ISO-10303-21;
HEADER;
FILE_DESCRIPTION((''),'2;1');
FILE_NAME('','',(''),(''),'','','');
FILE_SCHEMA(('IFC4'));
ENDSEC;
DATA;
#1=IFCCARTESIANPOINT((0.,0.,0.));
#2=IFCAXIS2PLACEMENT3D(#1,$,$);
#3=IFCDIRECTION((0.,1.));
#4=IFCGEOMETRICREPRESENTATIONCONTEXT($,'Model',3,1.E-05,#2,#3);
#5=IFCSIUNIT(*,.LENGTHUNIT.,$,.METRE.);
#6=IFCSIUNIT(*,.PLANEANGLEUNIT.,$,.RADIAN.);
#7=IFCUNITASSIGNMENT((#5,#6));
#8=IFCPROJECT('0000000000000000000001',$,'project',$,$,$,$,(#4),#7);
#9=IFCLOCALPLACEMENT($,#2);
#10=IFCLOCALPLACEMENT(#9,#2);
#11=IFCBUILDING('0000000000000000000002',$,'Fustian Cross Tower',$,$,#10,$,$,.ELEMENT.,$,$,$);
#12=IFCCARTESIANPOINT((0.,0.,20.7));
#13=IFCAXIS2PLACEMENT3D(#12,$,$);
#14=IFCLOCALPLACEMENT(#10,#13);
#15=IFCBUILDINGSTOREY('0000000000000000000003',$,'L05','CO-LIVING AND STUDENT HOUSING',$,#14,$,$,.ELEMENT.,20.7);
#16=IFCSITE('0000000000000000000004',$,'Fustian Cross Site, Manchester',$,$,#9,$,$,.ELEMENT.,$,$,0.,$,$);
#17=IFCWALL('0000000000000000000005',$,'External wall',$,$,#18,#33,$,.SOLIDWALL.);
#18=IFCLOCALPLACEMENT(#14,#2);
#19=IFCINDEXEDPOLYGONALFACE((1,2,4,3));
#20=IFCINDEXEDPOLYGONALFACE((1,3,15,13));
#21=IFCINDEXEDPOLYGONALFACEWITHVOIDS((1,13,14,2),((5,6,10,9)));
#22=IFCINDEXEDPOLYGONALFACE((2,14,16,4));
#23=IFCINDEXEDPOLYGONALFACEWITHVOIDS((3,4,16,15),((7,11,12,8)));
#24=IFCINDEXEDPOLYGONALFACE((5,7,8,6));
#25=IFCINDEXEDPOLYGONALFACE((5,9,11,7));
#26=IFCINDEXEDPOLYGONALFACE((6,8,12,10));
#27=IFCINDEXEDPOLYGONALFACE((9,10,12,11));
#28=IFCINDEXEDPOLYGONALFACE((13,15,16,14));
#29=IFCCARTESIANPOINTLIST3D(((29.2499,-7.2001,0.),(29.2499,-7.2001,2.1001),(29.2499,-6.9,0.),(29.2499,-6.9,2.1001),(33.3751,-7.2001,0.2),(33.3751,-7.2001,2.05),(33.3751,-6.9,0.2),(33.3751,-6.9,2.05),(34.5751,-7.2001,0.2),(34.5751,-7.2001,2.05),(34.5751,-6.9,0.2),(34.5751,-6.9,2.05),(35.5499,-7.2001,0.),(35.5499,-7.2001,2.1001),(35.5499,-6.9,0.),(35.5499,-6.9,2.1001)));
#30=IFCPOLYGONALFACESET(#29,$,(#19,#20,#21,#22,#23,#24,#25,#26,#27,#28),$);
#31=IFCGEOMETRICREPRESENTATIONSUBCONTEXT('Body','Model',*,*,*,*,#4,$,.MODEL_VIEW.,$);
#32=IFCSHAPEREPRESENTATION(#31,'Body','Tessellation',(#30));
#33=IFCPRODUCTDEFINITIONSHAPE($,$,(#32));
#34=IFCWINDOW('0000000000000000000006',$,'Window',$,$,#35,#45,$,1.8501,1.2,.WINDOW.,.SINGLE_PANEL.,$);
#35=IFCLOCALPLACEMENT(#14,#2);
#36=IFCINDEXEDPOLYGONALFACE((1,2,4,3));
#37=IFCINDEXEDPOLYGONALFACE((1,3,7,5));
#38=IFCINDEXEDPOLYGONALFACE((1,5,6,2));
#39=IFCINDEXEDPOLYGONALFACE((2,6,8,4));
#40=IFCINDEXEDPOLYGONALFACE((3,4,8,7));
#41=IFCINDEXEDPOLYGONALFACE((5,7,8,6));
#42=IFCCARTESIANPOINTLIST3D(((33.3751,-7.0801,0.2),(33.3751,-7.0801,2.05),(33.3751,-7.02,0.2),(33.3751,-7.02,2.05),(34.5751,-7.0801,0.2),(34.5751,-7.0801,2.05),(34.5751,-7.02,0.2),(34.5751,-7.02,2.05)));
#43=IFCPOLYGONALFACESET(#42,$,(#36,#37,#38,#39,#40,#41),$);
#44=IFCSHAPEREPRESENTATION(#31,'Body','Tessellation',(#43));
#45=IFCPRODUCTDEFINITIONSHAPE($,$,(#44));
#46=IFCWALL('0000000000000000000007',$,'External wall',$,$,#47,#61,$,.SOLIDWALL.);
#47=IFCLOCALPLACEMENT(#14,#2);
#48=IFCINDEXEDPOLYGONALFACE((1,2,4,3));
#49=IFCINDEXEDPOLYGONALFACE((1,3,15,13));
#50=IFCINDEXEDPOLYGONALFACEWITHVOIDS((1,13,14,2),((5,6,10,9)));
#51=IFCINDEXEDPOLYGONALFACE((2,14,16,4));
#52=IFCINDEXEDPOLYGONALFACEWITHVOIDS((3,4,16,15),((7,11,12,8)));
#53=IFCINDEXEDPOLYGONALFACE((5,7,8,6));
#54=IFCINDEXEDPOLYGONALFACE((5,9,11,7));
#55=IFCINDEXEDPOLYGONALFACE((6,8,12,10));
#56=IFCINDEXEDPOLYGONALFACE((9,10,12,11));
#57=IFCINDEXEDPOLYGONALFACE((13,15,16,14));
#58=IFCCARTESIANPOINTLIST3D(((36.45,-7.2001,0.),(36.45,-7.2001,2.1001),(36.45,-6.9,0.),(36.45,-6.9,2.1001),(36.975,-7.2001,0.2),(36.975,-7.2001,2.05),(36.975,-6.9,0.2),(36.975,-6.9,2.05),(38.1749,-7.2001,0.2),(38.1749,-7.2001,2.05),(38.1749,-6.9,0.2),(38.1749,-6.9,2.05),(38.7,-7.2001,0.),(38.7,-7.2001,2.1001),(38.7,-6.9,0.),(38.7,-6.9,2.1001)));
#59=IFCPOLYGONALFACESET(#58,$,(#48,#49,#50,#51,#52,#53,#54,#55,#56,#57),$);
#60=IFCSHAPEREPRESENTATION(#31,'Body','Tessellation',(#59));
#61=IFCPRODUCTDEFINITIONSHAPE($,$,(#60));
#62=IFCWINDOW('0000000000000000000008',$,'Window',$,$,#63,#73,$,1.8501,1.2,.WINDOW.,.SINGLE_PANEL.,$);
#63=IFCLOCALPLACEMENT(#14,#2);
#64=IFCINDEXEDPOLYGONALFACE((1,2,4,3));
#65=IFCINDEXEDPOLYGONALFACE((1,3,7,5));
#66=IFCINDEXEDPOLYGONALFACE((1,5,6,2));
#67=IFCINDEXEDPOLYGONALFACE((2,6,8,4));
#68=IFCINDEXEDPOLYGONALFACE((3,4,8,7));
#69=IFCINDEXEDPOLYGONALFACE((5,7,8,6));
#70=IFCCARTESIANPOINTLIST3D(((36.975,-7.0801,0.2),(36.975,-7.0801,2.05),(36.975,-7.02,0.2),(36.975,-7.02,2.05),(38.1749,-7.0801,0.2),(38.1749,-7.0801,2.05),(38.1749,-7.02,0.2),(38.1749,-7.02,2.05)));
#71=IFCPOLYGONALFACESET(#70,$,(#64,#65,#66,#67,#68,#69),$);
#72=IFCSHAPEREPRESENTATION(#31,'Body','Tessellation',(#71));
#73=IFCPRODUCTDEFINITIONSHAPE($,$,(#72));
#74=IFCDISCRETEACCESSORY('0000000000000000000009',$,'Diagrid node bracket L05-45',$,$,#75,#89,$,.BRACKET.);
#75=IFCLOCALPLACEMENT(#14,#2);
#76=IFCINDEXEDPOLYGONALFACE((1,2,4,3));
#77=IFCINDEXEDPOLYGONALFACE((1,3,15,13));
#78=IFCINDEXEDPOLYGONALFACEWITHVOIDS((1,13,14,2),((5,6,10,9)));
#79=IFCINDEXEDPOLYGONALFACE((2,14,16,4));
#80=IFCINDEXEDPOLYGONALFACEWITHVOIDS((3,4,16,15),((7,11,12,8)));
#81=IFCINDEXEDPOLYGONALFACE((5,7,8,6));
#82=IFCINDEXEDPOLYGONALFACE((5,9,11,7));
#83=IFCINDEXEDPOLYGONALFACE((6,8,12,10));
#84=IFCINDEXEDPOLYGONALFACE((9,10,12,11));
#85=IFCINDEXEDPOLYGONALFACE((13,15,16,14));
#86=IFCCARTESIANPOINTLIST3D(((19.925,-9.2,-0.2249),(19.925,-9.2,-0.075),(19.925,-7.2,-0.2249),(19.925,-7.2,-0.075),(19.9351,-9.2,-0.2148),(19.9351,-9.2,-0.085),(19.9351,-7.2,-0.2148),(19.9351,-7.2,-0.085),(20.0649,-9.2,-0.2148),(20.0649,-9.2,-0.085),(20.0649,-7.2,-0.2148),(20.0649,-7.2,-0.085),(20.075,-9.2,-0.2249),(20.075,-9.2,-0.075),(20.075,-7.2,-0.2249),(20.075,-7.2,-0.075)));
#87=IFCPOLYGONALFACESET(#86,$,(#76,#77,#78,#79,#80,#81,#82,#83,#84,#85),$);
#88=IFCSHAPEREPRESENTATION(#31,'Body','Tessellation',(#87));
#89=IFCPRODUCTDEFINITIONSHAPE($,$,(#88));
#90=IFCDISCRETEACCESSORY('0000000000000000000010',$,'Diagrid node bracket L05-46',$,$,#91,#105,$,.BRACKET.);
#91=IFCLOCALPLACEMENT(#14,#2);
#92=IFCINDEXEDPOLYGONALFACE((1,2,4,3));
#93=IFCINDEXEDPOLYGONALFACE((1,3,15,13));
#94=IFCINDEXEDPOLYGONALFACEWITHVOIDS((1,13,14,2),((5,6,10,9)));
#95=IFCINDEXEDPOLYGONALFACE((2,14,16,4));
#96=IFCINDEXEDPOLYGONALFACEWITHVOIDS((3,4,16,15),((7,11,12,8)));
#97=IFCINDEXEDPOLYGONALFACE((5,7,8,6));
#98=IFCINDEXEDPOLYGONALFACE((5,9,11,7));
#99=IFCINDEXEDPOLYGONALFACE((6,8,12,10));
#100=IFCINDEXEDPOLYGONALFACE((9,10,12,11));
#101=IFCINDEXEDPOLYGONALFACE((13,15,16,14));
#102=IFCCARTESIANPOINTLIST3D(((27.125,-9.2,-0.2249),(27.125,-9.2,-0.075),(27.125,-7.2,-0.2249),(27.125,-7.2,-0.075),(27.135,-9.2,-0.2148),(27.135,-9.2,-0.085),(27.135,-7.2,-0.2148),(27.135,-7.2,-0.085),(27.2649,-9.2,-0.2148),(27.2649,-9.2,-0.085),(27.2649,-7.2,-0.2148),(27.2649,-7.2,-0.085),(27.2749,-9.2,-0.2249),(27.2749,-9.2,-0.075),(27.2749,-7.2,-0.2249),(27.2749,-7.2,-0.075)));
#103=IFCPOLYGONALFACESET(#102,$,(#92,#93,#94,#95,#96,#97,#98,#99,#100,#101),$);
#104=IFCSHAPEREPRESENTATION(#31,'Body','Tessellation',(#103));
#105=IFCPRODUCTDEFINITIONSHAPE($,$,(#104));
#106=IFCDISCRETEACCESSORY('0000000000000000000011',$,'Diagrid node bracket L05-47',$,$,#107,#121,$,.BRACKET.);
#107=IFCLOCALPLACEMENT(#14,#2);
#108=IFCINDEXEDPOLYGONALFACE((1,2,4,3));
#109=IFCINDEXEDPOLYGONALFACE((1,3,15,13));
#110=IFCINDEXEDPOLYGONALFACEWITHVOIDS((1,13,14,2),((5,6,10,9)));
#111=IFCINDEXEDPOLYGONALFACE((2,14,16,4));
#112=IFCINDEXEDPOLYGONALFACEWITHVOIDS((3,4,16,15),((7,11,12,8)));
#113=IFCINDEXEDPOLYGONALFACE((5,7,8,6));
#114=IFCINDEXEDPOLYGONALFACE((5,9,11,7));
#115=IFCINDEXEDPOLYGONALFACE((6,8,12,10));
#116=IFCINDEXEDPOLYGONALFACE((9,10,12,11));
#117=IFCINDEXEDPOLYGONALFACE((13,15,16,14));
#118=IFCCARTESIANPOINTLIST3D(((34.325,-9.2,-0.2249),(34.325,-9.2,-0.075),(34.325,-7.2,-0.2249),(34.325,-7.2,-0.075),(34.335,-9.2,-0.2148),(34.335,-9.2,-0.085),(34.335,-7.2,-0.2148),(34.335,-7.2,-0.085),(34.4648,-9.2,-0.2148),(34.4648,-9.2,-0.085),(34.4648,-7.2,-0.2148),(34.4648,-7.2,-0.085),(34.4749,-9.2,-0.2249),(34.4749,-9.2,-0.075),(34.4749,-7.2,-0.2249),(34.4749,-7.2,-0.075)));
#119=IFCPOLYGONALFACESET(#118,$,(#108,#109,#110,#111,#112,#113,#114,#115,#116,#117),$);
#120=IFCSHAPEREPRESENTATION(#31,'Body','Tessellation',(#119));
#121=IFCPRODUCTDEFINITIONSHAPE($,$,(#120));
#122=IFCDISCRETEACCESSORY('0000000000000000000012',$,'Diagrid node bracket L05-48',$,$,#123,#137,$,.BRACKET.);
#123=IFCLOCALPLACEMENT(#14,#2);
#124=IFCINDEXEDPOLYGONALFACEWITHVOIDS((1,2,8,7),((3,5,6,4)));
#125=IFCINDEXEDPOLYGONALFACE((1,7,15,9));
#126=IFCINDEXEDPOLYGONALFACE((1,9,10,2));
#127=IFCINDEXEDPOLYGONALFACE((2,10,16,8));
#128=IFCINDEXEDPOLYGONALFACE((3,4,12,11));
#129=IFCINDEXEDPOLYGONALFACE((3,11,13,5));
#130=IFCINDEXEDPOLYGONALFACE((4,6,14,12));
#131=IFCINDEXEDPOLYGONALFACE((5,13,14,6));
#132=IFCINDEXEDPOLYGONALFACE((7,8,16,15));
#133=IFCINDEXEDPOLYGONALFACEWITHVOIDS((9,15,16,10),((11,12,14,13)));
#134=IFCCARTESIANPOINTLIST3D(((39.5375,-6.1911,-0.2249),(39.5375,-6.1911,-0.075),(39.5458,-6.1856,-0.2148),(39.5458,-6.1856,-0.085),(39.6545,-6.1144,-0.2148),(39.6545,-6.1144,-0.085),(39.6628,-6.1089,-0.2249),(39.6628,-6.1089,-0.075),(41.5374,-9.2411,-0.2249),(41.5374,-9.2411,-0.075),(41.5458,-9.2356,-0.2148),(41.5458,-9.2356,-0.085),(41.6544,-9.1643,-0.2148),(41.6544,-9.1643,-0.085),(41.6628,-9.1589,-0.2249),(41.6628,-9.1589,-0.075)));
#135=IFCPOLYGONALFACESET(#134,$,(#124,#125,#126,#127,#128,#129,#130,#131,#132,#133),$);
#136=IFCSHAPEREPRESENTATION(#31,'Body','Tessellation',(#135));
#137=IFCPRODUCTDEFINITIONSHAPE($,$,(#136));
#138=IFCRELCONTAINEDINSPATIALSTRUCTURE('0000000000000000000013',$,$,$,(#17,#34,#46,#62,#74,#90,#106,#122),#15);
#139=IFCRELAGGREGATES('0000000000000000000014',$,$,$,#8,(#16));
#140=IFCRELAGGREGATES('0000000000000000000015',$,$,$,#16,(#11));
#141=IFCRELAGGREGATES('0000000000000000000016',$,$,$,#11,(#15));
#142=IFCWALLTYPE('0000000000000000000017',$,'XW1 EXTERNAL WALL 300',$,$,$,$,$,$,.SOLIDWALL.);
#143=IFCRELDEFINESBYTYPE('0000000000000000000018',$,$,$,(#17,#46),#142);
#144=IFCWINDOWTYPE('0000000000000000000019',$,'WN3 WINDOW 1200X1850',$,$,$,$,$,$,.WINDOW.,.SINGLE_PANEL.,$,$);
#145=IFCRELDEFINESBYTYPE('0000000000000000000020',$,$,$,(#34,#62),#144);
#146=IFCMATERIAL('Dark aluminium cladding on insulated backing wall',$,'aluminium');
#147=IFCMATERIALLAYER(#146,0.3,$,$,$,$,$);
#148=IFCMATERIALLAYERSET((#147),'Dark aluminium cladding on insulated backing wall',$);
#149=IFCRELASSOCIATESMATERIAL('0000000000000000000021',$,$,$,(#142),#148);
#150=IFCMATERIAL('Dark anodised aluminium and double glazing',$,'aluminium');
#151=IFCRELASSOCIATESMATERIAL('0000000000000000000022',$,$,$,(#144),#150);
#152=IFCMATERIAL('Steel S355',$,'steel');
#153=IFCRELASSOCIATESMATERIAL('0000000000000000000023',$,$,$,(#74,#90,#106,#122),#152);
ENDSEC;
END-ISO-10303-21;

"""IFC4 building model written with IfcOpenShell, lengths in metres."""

from ifc_helpers import new_model, si_unit, direction, frame, frame_2d, origin, origin_2d, place, context, subcontext, project, spatial, rectangle, hollow_rectangle, extrude, material, layer, layer_set, type_object, element, fill, save


model = new_model("IFC4")

# Units and contexts
model_context = context("Model", 3, precision=1e-05, world=origin(), true_north=direction((0.0, 1.0)))
body_context = subcontext(model_context, "Body", "Model", "MODEL_VIEW")
ifc_project = project(units=[si_unit("LENGTHUNIT", "METRE"), si_unit("PLANEANGLEUNIT", "RADIAN")], contexts=[model_context])

# Site, building, storey
site_placement = place(None, origin())
site = spatial("IfcSite", under=ifc_project, at=site_placement, Name="Fustian Cross Site, Manchester", CompositionType="ELEMENT", RefElevation=0.0)
building_placement = place(site_placement, origin())
building = spatial("IfcBuilding", under=site, at=building_placement, Name="Fustian Cross Tower", CompositionType="ELEMENT")
storey_placement = place(building_placement, frame((0.0, 0.0, 20.7)))
storey = spatial("IfcBuildingStorey", under=building, at=storey_placement, Name="L05", Description="CO-LIVING AND STUDENT HOUSING", CompositionType="ELEMENT", Elevation=20.7)

# Shared definitions
ifc_material_1 = material(Name="Dark aluminium cladding on insulated backing wall", Category="aluminium")
ifc_layer_1 = layer(ifc_material_1, 0.3)
ifc_layer_set_1 = layer_set([ifc_layer_1], Name="Dark aluminium cladding on insulated backing wall")
wall_type_1 = type_object("IfcWallType", Name="XW1 EXTERNAL WALL 300", PredefinedType="SOLIDWALL", material=ifc_layer_set_1)

# Walls, openings, windows
wall_1_placement = place(storey_placement, frame((29.25, -7.05, 0.0), z_axis=(0.0, 0.0, 1.0), x_axis=(1.0, 0.0, 0.0)))
wall_1 = element("IfcWall", 1, at=wall_1_placement, inside=storey, type_object=wall_type_1, Name="External wall", PredefinedType="SOLIDWALL", context=body_context, shape_type="SweptSolid", body=[
    extrude(rectangle(XDim=6.3, YDim=0.3, at=frame_2d((3.1499, 0.0))), origin(), (0.0, 0.0, 1.0), 2.1001),
])
opening_1_placement = place(wall_1_placement, frame((4.125, 0.0, 0.2)))
opening_1 = element("IfcOpeningElement", 2, at=opening_1_placement, cuts=wall_1, PredefinedType="OPENING", context=body_context, shape_type="SweptSolid", body=[
    extrude(rectangle(XDim=1.2, YDim=1.8501, at=frame_2d((0.6001, 0.925))), frame((0.0, 0.1599, 0.0), z_axis=(0.0, -1.0, 0.0), x_axis=(1.0, 0.0, 0.0)), (0.0, 0.0, 1.0), 0.3201),
])
ifc_material_2 = material(Name="Dark anodised aluminium and double glazing", Category="aluminium")
window_type = type_object("IfcWindowType", Name="WN3 WINDOW 1200X1850", PartitioningType="SINGLE_PANEL", PredefinedType="WINDOW", material=ifc_material_2)
window_1_placement = place(opening_1_placement, origin())
window_1 = element("IfcWindow", 3, at=window_1_placement, inside=storey, type_object=window_type, Name="Window", OverallHeight=1.8501, OverallWidth=1.2, PartitioningType="SINGLE_PANEL", PredefinedType="WINDOW", context=body_context, shape_type="SweptSolid", body=[
    extrude(rectangle(XDim=1.2, YDim=1.8501, at=frame_2d((0.6001, 0.925))), frame((0.0, 0.03, 0.0), z_axis=(0.0, -1.0, 0.0), x_axis=(1.0, 0.0, 0.0)), (0.0, 0.0, 1.0), 0.0601),
])
fill(opening_1, window_1)
wall_2_placement = place(storey_placement, frame((36.45, -7.05, 0.0), z_axis=(0.0, 0.0, 1.0), x_axis=(1.0, 0.0, 0.0)))
wall_2 = element("IfcWall", 4, at=wall_2_placement, inside=storey, type_object=wall_type_1, Name="External wall", PredefinedType="SOLIDWALL", context=body_context, shape_type="SweptSolid", body=[
    extrude(rectangle(XDim=2.25, YDim=0.3, at=frame_2d((1.125, 0.0))), origin(), (0.0, 0.0, 1.0), 2.1001),
])
opening_2_placement = place(wall_2_placement, frame((0.5249, 0.0, 0.2)))
opening_2 = element("IfcOpeningElement", 5, at=opening_2_placement, cuts=wall_2, PredefinedType="OPENING", context=body_context, shape_type="SweptSolid", body=[
    extrude(rectangle(XDim=1.2, YDim=1.8501, at=frame_2d((0.6001, 0.925))), frame((0.0, 0.1599, 0.0), z_axis=(0.0, -1.0, 0.0), x_axis=(1.0, 0.0, 0.0)), (0.0, 0.0, 1.0), 0.3201),
])
window_2_placement = place(opening_2_placement, origin())
window_2 = element("IfcWindow", 6, at=window_2_placement, inside=storey, type_object=window_type, Name="Window", OverallHeight=1.8501, OverallWidth=1.2, PartitioningType="SINGLE_PANEL", PredefinedType="WINDOW", context=body_context, shape_type="SweptSolid", body=[
    extrude(rectangle(XDim=1.2, YDim=1.8501, at=frame_2d((0.6001, 0.925))), frame((0.0, 0.03, 0.0), z_axis=(0.0, -1.0, 0.0), x_axis=(1.0, 0.0, 0.0)), (0.0, 0.0, 1.0), 0.0601),
])
fill(opening_2, window_2)

# Discrete accessories
ifc_material_3 = material(Name="Steel S355", Category="steel")
for number, where, z_axis, x_axis, name in (
    (7, (20.0, -9.2, -0.1499), (0.0, 1.0, 0.0), (-1.0, 0.0, 0.0), "Diagrid node bracket L05-45"),
    (8, (27.2, -9.2, -0.1499), (0.0, 1.0, 0.0), (-1.0, 0.0, 0.0), "Diagrid node bracket L05-46"),
    (9, (34.3999, -9.2, -0.1499), (0.0, 1.0, 0.0), (-1.0, 0.0, 0.0), "Diagrid node bracket L05-47"),
):
    element("IfcDiscreteAccessory", number, at=place(storey_placement, frame(where, z_axis=z_axis, x_axis=x_axis)), inside=storey, material=ifc_material_3, Name=name, PredefinedType="BRACKET", context=body_context, shape_type="SweptSolid", body=[
        extrude(hollow_rectangle(XDim=0.1499, YDim=0.1499, WallThickness=0.01, at=origin_2d()), origin(), (0.0, 0.0, 1.0), 2.0),
    ])
discrete_accessory_placement = place(storey_placement, frame((41.6001, -9.2, -0.1499), z_axis=(-0.548351, 0.836248, 0.0), x_axis=(-0.836248, -0.548351, 0.0)))
element("IfcDiscreteAccessory", 10, at=discrete_accessory_placement, inside=storey, material=ifc_material_3, Name="Diagrid node bracket L05-48", PredefinedType="BRACKET", context=body_context, shape_type="SweptSolid", body=[
    extrude(hollow_rectangle(XDim=0.1499, YDim=0.1499, WallThickness=0.01, at=origin_2d()), origin(), (0.0, 0.0, 1.0), 3.6472),
])

save(model, "model.ifc")
